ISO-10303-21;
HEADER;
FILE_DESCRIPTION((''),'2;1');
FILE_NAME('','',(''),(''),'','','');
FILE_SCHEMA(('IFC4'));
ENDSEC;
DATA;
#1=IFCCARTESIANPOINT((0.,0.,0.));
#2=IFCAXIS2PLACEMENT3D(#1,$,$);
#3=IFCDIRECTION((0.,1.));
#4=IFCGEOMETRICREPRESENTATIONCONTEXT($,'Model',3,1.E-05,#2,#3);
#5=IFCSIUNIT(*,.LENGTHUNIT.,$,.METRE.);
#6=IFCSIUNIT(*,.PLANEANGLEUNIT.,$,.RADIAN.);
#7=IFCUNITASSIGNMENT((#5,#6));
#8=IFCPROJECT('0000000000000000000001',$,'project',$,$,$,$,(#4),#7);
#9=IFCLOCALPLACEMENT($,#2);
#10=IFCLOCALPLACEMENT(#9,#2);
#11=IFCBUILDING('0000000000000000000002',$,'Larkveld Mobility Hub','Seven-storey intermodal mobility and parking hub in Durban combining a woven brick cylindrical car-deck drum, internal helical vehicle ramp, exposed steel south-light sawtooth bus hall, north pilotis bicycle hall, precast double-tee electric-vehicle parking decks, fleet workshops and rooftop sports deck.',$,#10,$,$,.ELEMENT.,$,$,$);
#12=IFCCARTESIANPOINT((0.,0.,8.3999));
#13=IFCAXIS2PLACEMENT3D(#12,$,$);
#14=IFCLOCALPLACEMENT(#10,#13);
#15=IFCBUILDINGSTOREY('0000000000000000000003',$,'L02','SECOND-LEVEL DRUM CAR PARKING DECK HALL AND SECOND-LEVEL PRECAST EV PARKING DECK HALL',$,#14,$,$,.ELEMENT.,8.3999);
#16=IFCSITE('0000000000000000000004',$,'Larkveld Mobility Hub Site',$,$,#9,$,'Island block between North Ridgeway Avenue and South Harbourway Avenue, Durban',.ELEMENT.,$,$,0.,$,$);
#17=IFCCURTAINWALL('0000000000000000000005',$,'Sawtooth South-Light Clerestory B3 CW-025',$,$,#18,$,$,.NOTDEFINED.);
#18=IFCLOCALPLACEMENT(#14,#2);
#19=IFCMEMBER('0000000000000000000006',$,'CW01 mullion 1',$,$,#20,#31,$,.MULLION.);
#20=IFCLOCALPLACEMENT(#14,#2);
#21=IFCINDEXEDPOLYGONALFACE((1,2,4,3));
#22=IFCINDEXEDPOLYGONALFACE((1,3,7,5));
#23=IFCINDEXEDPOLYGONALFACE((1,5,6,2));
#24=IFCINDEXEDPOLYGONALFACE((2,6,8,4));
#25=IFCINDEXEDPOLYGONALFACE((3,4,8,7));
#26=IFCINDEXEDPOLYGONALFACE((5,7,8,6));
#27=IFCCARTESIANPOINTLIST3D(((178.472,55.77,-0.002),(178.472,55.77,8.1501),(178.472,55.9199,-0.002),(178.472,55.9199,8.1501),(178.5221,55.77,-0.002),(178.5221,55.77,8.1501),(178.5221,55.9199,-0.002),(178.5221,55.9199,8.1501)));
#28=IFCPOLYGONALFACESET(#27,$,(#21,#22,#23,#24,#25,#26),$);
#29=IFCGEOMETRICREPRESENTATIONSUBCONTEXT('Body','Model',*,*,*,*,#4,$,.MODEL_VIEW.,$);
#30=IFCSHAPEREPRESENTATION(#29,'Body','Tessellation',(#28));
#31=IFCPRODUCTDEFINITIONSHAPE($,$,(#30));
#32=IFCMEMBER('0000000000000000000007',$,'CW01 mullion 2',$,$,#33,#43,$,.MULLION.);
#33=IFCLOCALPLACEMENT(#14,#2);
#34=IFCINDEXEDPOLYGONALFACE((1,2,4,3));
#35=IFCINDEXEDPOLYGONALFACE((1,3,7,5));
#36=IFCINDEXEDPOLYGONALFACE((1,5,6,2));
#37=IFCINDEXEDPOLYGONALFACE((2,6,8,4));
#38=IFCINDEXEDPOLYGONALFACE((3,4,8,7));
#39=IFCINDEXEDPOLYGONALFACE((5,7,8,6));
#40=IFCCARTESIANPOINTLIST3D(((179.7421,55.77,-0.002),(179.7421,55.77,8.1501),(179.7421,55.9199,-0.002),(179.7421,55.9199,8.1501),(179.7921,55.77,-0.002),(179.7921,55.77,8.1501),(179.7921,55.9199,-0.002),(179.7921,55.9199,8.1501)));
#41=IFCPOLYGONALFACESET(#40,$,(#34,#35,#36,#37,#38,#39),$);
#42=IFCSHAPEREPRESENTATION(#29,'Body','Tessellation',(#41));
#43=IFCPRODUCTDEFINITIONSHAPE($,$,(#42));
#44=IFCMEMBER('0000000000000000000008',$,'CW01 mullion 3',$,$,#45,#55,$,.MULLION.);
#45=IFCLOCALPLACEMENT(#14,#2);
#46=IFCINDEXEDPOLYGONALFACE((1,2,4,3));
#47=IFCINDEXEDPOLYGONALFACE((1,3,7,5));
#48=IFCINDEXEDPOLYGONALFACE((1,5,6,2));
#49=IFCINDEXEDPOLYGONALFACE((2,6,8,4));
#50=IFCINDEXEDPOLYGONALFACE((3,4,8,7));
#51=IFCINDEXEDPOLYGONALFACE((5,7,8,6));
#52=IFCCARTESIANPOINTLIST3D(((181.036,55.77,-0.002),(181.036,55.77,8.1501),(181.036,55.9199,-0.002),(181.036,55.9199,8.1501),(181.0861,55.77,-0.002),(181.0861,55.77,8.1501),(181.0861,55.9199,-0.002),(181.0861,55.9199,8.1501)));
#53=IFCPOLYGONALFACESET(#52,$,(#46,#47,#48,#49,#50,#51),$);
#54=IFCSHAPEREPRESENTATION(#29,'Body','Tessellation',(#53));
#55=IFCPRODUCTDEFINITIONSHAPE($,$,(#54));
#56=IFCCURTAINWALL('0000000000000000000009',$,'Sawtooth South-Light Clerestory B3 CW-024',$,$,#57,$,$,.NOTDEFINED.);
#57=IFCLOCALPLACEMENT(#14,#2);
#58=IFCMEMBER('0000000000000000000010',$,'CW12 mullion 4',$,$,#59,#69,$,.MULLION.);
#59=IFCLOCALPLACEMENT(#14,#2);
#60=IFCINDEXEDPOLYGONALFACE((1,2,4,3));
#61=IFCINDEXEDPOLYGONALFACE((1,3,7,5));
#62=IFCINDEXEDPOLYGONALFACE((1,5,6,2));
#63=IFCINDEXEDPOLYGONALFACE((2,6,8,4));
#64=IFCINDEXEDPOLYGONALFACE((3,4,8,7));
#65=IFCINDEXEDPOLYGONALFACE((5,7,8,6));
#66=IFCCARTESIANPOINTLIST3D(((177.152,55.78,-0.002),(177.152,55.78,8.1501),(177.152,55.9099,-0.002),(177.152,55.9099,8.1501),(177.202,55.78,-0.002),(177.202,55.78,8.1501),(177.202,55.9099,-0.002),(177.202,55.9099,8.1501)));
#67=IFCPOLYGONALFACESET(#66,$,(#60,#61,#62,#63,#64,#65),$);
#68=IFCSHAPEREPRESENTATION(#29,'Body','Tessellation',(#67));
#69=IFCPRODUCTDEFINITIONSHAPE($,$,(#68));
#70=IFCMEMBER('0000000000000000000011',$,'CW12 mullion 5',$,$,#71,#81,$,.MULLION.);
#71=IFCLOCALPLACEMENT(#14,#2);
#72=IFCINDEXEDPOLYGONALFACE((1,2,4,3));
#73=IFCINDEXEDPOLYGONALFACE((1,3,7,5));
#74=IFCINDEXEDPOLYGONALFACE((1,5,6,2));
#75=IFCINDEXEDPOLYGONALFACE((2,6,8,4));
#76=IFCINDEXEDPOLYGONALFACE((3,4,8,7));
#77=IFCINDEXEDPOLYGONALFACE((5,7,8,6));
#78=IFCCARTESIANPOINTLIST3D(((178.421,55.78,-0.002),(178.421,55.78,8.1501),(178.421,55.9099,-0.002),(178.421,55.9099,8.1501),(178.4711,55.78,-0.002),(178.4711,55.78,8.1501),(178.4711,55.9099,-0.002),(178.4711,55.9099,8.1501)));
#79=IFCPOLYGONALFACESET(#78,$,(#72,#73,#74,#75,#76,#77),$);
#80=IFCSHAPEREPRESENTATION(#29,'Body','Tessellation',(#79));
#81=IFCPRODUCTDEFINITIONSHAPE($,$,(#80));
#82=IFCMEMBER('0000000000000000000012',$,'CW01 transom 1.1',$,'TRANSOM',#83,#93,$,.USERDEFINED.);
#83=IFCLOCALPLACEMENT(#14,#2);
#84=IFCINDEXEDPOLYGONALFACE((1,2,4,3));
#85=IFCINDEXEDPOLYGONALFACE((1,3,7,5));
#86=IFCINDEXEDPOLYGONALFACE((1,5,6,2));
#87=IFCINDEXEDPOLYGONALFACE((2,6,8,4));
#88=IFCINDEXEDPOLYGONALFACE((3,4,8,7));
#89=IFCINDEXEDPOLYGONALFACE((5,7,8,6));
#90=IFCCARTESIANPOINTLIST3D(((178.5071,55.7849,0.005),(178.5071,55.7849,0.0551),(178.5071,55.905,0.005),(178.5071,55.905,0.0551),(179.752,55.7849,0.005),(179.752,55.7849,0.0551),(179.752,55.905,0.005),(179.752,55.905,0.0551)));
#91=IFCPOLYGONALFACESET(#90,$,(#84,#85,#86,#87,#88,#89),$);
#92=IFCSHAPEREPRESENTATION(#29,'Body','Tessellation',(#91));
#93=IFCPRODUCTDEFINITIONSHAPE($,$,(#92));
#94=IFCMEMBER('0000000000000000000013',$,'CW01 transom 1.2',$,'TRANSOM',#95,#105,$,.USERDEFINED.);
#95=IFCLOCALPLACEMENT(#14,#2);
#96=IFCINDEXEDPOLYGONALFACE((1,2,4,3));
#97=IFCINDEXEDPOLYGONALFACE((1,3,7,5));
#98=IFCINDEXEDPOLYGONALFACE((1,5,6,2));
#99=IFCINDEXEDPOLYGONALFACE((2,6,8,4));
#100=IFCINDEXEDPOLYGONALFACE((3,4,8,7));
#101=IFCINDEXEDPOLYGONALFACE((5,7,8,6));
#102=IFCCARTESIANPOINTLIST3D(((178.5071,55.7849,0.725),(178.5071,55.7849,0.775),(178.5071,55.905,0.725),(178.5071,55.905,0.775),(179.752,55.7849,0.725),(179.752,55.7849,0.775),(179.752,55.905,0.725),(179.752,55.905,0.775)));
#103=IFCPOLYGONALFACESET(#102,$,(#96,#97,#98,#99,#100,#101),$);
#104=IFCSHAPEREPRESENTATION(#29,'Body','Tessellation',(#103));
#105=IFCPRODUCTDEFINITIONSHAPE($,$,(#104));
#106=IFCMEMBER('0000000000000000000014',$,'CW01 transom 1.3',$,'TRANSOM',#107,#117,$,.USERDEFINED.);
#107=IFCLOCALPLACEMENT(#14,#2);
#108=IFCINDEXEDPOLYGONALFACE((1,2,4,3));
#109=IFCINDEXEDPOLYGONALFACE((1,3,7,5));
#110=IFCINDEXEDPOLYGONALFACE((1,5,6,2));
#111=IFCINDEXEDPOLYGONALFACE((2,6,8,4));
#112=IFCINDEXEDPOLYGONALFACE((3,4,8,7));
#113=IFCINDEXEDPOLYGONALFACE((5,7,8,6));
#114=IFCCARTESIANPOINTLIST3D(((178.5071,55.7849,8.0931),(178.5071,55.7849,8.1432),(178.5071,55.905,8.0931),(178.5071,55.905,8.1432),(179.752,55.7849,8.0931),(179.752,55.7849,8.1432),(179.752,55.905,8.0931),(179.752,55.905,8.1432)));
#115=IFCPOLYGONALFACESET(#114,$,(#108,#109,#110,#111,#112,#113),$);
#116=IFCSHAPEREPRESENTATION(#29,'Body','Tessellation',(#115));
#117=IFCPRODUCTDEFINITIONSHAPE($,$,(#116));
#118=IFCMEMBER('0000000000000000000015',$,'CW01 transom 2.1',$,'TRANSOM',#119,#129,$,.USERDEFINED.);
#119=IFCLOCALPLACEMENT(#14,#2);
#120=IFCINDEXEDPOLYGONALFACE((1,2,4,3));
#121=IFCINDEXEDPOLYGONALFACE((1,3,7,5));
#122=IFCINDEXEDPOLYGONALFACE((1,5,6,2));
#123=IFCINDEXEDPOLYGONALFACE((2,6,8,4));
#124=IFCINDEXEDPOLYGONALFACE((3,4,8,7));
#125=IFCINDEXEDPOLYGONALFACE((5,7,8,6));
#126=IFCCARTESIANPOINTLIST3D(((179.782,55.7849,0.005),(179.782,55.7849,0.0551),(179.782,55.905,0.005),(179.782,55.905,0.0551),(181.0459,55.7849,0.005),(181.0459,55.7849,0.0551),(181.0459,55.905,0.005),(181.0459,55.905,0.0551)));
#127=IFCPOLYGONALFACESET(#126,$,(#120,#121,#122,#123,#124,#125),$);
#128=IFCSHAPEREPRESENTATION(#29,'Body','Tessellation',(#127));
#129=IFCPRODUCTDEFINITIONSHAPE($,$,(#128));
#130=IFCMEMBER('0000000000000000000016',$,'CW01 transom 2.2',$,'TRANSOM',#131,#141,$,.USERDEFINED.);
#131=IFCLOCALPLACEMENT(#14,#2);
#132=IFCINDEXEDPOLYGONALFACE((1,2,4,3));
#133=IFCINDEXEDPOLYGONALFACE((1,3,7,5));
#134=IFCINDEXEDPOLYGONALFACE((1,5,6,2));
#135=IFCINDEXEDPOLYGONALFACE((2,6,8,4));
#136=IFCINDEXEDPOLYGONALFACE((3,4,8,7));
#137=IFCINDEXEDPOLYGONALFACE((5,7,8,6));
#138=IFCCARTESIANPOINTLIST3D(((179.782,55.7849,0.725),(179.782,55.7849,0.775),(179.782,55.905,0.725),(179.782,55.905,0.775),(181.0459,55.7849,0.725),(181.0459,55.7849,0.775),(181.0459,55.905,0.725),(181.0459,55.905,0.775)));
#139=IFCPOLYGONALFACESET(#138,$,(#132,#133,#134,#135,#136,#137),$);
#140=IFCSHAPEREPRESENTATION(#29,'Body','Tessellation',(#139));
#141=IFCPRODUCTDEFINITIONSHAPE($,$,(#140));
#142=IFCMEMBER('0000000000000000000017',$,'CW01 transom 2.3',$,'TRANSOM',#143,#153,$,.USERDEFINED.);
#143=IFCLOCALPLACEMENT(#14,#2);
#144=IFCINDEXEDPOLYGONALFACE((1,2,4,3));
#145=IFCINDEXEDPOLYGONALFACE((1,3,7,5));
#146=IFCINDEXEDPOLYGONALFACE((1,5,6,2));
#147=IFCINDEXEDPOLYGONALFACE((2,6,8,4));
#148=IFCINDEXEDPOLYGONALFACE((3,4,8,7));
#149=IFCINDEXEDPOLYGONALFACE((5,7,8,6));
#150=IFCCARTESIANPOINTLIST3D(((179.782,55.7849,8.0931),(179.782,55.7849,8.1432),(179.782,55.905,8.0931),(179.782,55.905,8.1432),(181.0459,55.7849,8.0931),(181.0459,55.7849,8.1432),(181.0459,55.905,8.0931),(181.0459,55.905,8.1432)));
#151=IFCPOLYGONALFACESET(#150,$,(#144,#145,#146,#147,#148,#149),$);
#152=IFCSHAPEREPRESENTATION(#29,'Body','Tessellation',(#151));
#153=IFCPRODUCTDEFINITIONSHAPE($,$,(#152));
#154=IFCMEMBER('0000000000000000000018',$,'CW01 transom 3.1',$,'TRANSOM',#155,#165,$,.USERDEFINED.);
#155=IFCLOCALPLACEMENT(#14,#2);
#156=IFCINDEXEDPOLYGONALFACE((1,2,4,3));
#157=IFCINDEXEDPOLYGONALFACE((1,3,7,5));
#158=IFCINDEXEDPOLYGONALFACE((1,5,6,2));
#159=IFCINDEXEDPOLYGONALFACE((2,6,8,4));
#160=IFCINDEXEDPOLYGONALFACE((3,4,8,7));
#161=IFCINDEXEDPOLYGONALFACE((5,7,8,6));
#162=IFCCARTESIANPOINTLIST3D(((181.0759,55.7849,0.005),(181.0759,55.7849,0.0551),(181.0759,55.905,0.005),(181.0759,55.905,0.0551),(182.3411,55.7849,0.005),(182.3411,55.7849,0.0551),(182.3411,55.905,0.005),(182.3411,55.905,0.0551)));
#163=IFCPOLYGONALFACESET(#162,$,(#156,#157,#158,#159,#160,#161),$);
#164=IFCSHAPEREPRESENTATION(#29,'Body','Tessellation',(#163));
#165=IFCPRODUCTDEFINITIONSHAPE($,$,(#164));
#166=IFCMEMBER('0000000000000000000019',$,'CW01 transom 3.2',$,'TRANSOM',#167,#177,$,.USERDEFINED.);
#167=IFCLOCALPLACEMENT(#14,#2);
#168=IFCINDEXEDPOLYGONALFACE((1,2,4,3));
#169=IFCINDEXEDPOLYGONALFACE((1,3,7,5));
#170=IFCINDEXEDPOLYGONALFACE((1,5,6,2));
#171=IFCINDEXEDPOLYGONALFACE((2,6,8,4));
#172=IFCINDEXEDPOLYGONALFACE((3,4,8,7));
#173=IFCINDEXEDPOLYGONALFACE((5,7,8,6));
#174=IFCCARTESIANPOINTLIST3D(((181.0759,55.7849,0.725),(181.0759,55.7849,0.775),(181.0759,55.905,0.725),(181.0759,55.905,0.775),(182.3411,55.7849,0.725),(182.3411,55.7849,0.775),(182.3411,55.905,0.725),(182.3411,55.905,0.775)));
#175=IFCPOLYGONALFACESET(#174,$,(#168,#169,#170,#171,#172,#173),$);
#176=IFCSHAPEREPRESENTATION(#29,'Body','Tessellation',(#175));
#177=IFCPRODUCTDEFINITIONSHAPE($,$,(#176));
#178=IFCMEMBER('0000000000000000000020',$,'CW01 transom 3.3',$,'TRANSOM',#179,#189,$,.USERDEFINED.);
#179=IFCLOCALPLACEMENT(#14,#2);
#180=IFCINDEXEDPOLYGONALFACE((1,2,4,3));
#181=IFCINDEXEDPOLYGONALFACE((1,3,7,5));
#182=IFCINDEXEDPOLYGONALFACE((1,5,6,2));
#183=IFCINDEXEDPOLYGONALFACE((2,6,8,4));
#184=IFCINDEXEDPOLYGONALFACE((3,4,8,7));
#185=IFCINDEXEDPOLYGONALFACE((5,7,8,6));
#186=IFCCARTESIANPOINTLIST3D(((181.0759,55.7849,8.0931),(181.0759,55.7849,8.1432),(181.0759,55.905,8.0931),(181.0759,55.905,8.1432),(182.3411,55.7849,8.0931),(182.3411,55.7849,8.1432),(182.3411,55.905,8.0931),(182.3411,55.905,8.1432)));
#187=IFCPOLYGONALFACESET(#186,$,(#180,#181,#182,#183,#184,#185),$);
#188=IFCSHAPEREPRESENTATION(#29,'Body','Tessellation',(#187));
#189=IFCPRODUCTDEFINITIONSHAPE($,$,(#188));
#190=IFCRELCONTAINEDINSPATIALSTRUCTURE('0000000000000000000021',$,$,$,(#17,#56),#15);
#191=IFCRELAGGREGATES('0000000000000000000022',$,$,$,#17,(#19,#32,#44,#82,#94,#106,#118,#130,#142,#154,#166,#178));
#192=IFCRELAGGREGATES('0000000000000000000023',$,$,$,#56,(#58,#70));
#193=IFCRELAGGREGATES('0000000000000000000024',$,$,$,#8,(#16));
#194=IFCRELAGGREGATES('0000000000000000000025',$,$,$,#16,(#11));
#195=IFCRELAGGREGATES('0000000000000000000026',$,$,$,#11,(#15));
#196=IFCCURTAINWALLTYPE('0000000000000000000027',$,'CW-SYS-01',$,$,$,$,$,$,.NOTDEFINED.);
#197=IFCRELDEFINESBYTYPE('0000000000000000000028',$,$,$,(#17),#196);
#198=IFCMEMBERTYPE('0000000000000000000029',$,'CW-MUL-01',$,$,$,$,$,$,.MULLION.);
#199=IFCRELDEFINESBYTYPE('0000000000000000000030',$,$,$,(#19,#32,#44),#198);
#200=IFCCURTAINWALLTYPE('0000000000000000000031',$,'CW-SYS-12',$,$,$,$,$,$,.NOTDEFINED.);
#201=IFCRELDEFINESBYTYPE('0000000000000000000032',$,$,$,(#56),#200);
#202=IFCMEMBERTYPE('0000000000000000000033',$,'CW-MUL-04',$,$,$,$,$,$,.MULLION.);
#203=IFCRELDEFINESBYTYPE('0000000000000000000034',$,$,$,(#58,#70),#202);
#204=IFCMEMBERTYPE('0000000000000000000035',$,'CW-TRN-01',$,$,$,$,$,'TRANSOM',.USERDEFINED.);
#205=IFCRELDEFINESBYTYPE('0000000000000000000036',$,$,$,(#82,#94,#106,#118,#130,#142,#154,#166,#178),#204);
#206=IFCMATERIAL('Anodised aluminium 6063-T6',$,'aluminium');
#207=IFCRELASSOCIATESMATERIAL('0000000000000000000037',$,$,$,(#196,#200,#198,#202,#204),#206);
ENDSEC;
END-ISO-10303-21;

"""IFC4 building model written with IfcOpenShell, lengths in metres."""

from ifc_helpers import new_model, si_unit, direction, frame, origin, origin_2d, place, context, subcontext, project, spatial, rectangle, extrude, material, material_profile, profile_set, type_object, element, aggregate, save


model = new_model("IFC4")

# Units and contexts
model_context = context("Model", 3, precision=1e-05, world=origin(), true_north=direction((0.0, 1.0)))
body_context = subcontext(model_context, "Body", "Model", "MODEL_VIEW")
ifc_project = project(units=[si_unit("LENGTHUNIT", "METRE"), si_unit("PLANEANGLEUNIT", "RADIAN")], contexts=[model_context])

# Site, building, storey
site_placement = place(None, origin())
site = spatial("IfcSite", under=ifc_project, at=site_placement, Name="Larkveld Mobility Hub Site", LongName="Island block between North Ridgeway Avenue and South Harbourway Avenue, Durban", CompositionType="ELEMENT", RefElevation=0.0)
building_placement = place(site_placement, origin())
building = spatial("IfcBuilding", under=site, at=building_placement, Name="Larkveld Mobility Hub", Description="Seven-storey intermodal mobility and parking hub in Durban combining a woven brick cylindrical car-deck drum, internal helical vehicle ramp, exposed steel south-light sawtooth bus hall, north pilotis bicycle hall, precast double-tee electric-vehicle parking decks, fleet workshops and rooftop sports deck.", CompositionType="ELEMENT")
storey_placement = place(building_placement, frame((0.0, 0.0, 8.3999)))
storey = spatial("IfcBuildingStorey", under=building, at=storey_placement, Name="L02", Description="SECOND-LEVEL DRUM CAR PARKING DECK HALL AND SECOND-LEVEL PRECAST EV PARKING DECK HALL", CompositionType="ELEMENT", Elevation=8.3999)

# Curtain walls, members
ifc_material_1 = material(Name="Anodised aluminium 6063-T6", Category="aluminium")
curtain_wall_type_1 = type_object("IfcCurtainWallType", Name="CW-SYS-01", PredefinedType="NOTDEFINED", material=ifc_material_1)
curtain_wall_1_placement = place(storey_placement, origin())
curtain_wall_1 = element("IfcCurtainWall", 1, at=curtain_wall_1_placement, inside=storey, type_object=curtain_wall_type_1, Name="Sawtooth South-Light Clerestory B3 CW-025", PredefinedType="NOTDEFINED")
ifc_material_profile_1 = material_profile(ifc_material_1, rectangle(XDim=0.05, YDim=0.1499, at=origin_2d()), Name="ALU MULL 50x150")
ifc_profile_set_1 = profile_set([ifc_material_profile_1], Name="Anodised aluminium 6063-T6")
member_type_1 = type_object("IfcMemberType", Name="CW-MUL-01", PredefinedType="MULLION", material=ifc_profile_set_1)
member_1_placement = place(storey_placement, frame((178.4971, 55.845, -0.002), z_axis=(0.0, 0.0, 1.0), x_axis=(1.0, 0.0, 0.0)))
member_1 = element("IfcMember", 2, at=member_1_placement, type_object=member_type_1, Name="CW01 mullion 1", PredefinedType="MULLION", context=body_context, shape_type="SweptSolid", body=[
    extrude(rectangle(XDim=0.05, YDim=0.1499, at=origin_2d()), origin(), (0.0, 0.0, 1.0), 8.1521),
])
member_2_placement = place(storey_placement, frame((179.7671, 55.845, -0.002), z_axis=(0.0, 0.0, 1.0), x_axis=(1.0, 0.0, 0.0)))
member_2 = element("IfcMember", 3, at=member_2_placement, type_object=member_type_1, Name="CW01 mullion 2", PredefinedType="MULLION", context=body_context, shape_type="SweptSolid", body=[
    extrude(rectangle(XDim=0.05, YDim=0.1499, at=origin_2d()), origin(), (0.0, 0.0, 1.0), 8.1521),
])
member_3_placement = place(storey_placement, frame((181.061, 55.845, -0.002), z_axis=(0.0, 0.0, 1.0), x_axis=(1.0, 0.0, 0.0)))
member_3 = element("IfcMember", 4, at=member_3_placement, type_object=member_type_1, Name="CW01 mullion 3", PredefinedType="MULLION", context=body_context, shape_type="SweptSolid", body=[
    extrude(rectangle(XDim=0.05, YDim=0.1499, at=origin_2d()), origin(), (0.0, 0.0, 1.0), 8.1521),
])
curtain_wall_type_2 = type_object("IfcCurtainWallType", Name="CW-SYS-12", PredefinedType="NOTDEFINED", material=ifc_material_1)
curtain_wall_2_placement = place(storey_placement, origin())
curtain_wall_2 = element("IfcCurtainWall", 5, at=curtain_wall_2_placement, inside=storey, type_object=curtain_wall_type_2, Name="Sawtooth South-Light Clerestory B3 CW-024", PredefinedType="NOTDEFINED")
ifc_material_profile_2 = material_profile(ifc_material_1, rectangle(XDim=0.05, YDim=0.1299, at=origin_2d()), Name="ALU MULL 50x130")
ifc_profile_set_2 = profile_set([ifc_material_profile_2], Name="Anodised aluminium 6063-T6")
member_type_2 = type_object("IfcMemberType", Name="CW-MUL-04", PredefinedType="MULLION", material=ifc_profile_set_2)
member_4_placement = place(storey_placement, frame((177.177, 55.845, -0.002), z_axis=(0.0, 0.0, 1.0), x_axis=(1.0, 0.0, 0.0)))
member_4 = element("IfcMember", 6, at=member_4_placement, type_object=member_type_2, Name="CW12 mullion 4", PredefinedType="MULLION", context=body_context, shape_type="SweptSolid", body=[
    extrude(rectangle(XDim=0.05, YDim=0.1299, at=origin_2d()), origin(), (0.0, 0.0, 1.0), 8.1521),
])
member_5_placement = place(storey_placement, frame((178.446, 55.845, -0.002), z_axis=(0.0, 0.0, 1.0), x_axis=(1.0, 0.0, 0.0)))
member_5 = element("IfcMember", 7, at=member_5_placement, type_object=member_type_2, Name="CW12 mullion 5", PredefinedType="MULLION", context=body_context, shape_type="SweptSolid", body=[
    extrude(rectangle(XDim=0.05, YDim=0.1299, at=origin_2d()), origin(), (0.0, 0.0, 1.0), 8.1521),
])

# Members
ifc_material_profile_3 = material_profile(ifc_material_1, rectangle(XDim=0.1201, YDim=0.05, at=origin_2d()), Name="ALU TRAN 50x120")
ifc_profile_set_3 = profile_set([ifc_material_profile_3], Name="Anodised aluminium 6063-T6")
member_type_3 = type_object("IfcMemberType", Name="CW-TRN-01", ElementType="TRANSOM", PredefinedType="USERDEFINED", material=ifc_profile_set_3)
member_6_placement = place(storey_placement, frame((178.5071, 55.845, 0.03), z_axis=(1.0, 0.0, 0.0), x_axis=(0.0, 1.0, 0.0)))
member_6 = element("IfcMember", 8, at=member_6_placement, type_object=member_type_3, Name="CW01 transom 1.1", ObjectType="TRANSOM", PredefinedType="USERDEFINED", context=body_context, shape_type="SweptSolid", body=[
    extrude(rectangle(XDim=0.1201, YDim=0.05, at=origin_2d()), origin(), (0.0, 0.0, 1.0), 1.2449),
])
member_7_placement = place(storey_placement, frame((178.5071, 55.845, 0.75), z_axis=(1.0, 0.0, 0.0), x_axis=(0.0, 1.0, 0.0)))
member_7 = element("IfcMember", 9, at=member_7_placement, type_object=member_type_3, Name="CW01 transom 1.2", ObjectType="TRANSOM", PredefinedType="USERDEFINED", context=body_context, shape_type="SweptSolid", body=[
    extrude(rectangle(XDim=0.1201, YDim=0.05, at=origin_2d()), origin(), (0.0, 0.0, 1.0), 1.2449),
])
member_8_placement = place(storey_placement, frame((178.5071, 55.845, 8.1182), z_axis=(1.0, 0.0, 0.0), x_axis=(0.0, 1.0, 0.0)))
member_8 = element("IfcMember", 10, at=member_8_placement, type_object=member_type_3, Name="CW01 transom 1.3", ObjectType="TRANSOM", PredefinedType="USERDEFINED", context=body_context, shape_type="SweptSolid", body=[
    extrude(rectangle(XDim=0.1201, YDim=0.05, at=origin_2d()), origin(), (0.0, 0.0, 1.0), 1.2449),
])
member_9_placement = place(storey_placement, frame((179.782, 55.845, 0.03), z_axis=(1.0, 0.0, 0.0), x_axis=(0.0, 1.0, 0.0)))
member_9 = element("IfcMember", 11, at=member_9_placement, type_object=member_type_3, Name="CW01 transom 2.1", ObjectType="TRANSOM", PredefinedType="USERDEFINED", context=body_context, shape_type="SweptSolid", body=[
    extrude(rectangle(XDim=0.1201, YDim=0.05, at=origin_2d()), origin(), (0.0, 0.0, 1.0), 1.2639),
])
member_10_placement = place(storey_placement, frame((179.782, 55.845, 0.75), z_axis=(1.0, 0.0, 0.0), x_axis=(0.0, 1.0, 0.0)))
member_10 = element("IfcMember", 12, at=member_10_placement, type_object=member_type_3, Name="CW01 transom 2.2", ObjectType="TRANSOM", PredefinedType="USERDEFINED", context=body_context, shape_type="SweptSolid", body=[
    extrude(rectangle(XDim=0.1201, YDim=0.05, at=origin_2d()), origin(), (0.0, 0.0, 1.0), 1.2639),
])
member_11_placement = place(storey_placement, frame((179.782, 55.845, 8.1182), z_axis=(1.0, 0.0, 0.0), x_axis=(0.0, 1.0, 0.0)))
member_11 = element("IfcMember", 13, at=member_11_placement, type_object=member_type_3, Name="CW01 transom 2.3", ObjectType="TRANSOM", PredefinedType="USERDEFINED", context=body_context, shape_type="SweptSolid", body=[
    extrude(rectangle(XDim=0.1201, YDim=0.05, at=origin_2d()), origin(), (0.0, 0.0, 1.0), 1.2639),
])
member_12_placement = place(storey_placement, frame((181.0759, 55.845, 0.03), z_axis=(1.0, 0.0, 0.0), x_axis=(0.0, 1.0, 0.0)))
member_12 = element("IfcMember", 14, at=member_12_placement, type_object=member_type_3, Name="CW01 transom 3.1", ObjectType="TRANSOM", PredefinedType="USERDEFINED", context=body_context, shape_type="SweptSolid", body=[
    extrude(rectangle(XDim=0.1201, YDim=0.05, at=origin_2d()), origin(), (0.0, 0.0, 1.0), 1.2651),
])
member_13_placement = place(storey_placement, frame((181.0759, 55.845, 0.75), z_axis=(1.0, 0.0, 0.0), x_axis=(0.0, 1.0, 0.0)))
member_13 = element("IfcMember", 15, at=member_13_placement, type_object=member_type_3, Name="CW01 transom 3.2", ObjectType="TRANSOM", PredefinedType="USERDEFINED", context=body_context, shape_type="SweptSolid", body=[
    extrude(rectangle(XDim=0.1201, YDim=0.05, at=origin_2d()), origin(), (0.0, 0.0, 1.0), 1.2651),
])
member_14_placement = place(storey_placement, frame((181.0759, 55.845, 8.1182), z_axis=(1.0, 0.0, 0.0), x_axis=(0.0, 1.0, 0.0)))
member_14 = element("IfcMember", 16, at=member_14_placement, type_object=member_type_3, Name="CW01 transom 3.3", ObjectType="TRANSOM", PredefinedType="USERDEFINED", context=body_context, shape_type="SweptSolid", body=[
    extrude(rectangle(XDim=0.1201, YDim=0.05, at=origin_2d()), origin(), (0.0, 0.0, 1.0), 1.2651),
])

aggregate(curtain_wall_1, [member_1, member_2, member_3, member_6, member_7, member_8, member_9, member_10, member_11, member_12, member_13, member_14])
aggregate(curtain_wall_2, [member_4, member_5])

save(model, "model.ifc")
